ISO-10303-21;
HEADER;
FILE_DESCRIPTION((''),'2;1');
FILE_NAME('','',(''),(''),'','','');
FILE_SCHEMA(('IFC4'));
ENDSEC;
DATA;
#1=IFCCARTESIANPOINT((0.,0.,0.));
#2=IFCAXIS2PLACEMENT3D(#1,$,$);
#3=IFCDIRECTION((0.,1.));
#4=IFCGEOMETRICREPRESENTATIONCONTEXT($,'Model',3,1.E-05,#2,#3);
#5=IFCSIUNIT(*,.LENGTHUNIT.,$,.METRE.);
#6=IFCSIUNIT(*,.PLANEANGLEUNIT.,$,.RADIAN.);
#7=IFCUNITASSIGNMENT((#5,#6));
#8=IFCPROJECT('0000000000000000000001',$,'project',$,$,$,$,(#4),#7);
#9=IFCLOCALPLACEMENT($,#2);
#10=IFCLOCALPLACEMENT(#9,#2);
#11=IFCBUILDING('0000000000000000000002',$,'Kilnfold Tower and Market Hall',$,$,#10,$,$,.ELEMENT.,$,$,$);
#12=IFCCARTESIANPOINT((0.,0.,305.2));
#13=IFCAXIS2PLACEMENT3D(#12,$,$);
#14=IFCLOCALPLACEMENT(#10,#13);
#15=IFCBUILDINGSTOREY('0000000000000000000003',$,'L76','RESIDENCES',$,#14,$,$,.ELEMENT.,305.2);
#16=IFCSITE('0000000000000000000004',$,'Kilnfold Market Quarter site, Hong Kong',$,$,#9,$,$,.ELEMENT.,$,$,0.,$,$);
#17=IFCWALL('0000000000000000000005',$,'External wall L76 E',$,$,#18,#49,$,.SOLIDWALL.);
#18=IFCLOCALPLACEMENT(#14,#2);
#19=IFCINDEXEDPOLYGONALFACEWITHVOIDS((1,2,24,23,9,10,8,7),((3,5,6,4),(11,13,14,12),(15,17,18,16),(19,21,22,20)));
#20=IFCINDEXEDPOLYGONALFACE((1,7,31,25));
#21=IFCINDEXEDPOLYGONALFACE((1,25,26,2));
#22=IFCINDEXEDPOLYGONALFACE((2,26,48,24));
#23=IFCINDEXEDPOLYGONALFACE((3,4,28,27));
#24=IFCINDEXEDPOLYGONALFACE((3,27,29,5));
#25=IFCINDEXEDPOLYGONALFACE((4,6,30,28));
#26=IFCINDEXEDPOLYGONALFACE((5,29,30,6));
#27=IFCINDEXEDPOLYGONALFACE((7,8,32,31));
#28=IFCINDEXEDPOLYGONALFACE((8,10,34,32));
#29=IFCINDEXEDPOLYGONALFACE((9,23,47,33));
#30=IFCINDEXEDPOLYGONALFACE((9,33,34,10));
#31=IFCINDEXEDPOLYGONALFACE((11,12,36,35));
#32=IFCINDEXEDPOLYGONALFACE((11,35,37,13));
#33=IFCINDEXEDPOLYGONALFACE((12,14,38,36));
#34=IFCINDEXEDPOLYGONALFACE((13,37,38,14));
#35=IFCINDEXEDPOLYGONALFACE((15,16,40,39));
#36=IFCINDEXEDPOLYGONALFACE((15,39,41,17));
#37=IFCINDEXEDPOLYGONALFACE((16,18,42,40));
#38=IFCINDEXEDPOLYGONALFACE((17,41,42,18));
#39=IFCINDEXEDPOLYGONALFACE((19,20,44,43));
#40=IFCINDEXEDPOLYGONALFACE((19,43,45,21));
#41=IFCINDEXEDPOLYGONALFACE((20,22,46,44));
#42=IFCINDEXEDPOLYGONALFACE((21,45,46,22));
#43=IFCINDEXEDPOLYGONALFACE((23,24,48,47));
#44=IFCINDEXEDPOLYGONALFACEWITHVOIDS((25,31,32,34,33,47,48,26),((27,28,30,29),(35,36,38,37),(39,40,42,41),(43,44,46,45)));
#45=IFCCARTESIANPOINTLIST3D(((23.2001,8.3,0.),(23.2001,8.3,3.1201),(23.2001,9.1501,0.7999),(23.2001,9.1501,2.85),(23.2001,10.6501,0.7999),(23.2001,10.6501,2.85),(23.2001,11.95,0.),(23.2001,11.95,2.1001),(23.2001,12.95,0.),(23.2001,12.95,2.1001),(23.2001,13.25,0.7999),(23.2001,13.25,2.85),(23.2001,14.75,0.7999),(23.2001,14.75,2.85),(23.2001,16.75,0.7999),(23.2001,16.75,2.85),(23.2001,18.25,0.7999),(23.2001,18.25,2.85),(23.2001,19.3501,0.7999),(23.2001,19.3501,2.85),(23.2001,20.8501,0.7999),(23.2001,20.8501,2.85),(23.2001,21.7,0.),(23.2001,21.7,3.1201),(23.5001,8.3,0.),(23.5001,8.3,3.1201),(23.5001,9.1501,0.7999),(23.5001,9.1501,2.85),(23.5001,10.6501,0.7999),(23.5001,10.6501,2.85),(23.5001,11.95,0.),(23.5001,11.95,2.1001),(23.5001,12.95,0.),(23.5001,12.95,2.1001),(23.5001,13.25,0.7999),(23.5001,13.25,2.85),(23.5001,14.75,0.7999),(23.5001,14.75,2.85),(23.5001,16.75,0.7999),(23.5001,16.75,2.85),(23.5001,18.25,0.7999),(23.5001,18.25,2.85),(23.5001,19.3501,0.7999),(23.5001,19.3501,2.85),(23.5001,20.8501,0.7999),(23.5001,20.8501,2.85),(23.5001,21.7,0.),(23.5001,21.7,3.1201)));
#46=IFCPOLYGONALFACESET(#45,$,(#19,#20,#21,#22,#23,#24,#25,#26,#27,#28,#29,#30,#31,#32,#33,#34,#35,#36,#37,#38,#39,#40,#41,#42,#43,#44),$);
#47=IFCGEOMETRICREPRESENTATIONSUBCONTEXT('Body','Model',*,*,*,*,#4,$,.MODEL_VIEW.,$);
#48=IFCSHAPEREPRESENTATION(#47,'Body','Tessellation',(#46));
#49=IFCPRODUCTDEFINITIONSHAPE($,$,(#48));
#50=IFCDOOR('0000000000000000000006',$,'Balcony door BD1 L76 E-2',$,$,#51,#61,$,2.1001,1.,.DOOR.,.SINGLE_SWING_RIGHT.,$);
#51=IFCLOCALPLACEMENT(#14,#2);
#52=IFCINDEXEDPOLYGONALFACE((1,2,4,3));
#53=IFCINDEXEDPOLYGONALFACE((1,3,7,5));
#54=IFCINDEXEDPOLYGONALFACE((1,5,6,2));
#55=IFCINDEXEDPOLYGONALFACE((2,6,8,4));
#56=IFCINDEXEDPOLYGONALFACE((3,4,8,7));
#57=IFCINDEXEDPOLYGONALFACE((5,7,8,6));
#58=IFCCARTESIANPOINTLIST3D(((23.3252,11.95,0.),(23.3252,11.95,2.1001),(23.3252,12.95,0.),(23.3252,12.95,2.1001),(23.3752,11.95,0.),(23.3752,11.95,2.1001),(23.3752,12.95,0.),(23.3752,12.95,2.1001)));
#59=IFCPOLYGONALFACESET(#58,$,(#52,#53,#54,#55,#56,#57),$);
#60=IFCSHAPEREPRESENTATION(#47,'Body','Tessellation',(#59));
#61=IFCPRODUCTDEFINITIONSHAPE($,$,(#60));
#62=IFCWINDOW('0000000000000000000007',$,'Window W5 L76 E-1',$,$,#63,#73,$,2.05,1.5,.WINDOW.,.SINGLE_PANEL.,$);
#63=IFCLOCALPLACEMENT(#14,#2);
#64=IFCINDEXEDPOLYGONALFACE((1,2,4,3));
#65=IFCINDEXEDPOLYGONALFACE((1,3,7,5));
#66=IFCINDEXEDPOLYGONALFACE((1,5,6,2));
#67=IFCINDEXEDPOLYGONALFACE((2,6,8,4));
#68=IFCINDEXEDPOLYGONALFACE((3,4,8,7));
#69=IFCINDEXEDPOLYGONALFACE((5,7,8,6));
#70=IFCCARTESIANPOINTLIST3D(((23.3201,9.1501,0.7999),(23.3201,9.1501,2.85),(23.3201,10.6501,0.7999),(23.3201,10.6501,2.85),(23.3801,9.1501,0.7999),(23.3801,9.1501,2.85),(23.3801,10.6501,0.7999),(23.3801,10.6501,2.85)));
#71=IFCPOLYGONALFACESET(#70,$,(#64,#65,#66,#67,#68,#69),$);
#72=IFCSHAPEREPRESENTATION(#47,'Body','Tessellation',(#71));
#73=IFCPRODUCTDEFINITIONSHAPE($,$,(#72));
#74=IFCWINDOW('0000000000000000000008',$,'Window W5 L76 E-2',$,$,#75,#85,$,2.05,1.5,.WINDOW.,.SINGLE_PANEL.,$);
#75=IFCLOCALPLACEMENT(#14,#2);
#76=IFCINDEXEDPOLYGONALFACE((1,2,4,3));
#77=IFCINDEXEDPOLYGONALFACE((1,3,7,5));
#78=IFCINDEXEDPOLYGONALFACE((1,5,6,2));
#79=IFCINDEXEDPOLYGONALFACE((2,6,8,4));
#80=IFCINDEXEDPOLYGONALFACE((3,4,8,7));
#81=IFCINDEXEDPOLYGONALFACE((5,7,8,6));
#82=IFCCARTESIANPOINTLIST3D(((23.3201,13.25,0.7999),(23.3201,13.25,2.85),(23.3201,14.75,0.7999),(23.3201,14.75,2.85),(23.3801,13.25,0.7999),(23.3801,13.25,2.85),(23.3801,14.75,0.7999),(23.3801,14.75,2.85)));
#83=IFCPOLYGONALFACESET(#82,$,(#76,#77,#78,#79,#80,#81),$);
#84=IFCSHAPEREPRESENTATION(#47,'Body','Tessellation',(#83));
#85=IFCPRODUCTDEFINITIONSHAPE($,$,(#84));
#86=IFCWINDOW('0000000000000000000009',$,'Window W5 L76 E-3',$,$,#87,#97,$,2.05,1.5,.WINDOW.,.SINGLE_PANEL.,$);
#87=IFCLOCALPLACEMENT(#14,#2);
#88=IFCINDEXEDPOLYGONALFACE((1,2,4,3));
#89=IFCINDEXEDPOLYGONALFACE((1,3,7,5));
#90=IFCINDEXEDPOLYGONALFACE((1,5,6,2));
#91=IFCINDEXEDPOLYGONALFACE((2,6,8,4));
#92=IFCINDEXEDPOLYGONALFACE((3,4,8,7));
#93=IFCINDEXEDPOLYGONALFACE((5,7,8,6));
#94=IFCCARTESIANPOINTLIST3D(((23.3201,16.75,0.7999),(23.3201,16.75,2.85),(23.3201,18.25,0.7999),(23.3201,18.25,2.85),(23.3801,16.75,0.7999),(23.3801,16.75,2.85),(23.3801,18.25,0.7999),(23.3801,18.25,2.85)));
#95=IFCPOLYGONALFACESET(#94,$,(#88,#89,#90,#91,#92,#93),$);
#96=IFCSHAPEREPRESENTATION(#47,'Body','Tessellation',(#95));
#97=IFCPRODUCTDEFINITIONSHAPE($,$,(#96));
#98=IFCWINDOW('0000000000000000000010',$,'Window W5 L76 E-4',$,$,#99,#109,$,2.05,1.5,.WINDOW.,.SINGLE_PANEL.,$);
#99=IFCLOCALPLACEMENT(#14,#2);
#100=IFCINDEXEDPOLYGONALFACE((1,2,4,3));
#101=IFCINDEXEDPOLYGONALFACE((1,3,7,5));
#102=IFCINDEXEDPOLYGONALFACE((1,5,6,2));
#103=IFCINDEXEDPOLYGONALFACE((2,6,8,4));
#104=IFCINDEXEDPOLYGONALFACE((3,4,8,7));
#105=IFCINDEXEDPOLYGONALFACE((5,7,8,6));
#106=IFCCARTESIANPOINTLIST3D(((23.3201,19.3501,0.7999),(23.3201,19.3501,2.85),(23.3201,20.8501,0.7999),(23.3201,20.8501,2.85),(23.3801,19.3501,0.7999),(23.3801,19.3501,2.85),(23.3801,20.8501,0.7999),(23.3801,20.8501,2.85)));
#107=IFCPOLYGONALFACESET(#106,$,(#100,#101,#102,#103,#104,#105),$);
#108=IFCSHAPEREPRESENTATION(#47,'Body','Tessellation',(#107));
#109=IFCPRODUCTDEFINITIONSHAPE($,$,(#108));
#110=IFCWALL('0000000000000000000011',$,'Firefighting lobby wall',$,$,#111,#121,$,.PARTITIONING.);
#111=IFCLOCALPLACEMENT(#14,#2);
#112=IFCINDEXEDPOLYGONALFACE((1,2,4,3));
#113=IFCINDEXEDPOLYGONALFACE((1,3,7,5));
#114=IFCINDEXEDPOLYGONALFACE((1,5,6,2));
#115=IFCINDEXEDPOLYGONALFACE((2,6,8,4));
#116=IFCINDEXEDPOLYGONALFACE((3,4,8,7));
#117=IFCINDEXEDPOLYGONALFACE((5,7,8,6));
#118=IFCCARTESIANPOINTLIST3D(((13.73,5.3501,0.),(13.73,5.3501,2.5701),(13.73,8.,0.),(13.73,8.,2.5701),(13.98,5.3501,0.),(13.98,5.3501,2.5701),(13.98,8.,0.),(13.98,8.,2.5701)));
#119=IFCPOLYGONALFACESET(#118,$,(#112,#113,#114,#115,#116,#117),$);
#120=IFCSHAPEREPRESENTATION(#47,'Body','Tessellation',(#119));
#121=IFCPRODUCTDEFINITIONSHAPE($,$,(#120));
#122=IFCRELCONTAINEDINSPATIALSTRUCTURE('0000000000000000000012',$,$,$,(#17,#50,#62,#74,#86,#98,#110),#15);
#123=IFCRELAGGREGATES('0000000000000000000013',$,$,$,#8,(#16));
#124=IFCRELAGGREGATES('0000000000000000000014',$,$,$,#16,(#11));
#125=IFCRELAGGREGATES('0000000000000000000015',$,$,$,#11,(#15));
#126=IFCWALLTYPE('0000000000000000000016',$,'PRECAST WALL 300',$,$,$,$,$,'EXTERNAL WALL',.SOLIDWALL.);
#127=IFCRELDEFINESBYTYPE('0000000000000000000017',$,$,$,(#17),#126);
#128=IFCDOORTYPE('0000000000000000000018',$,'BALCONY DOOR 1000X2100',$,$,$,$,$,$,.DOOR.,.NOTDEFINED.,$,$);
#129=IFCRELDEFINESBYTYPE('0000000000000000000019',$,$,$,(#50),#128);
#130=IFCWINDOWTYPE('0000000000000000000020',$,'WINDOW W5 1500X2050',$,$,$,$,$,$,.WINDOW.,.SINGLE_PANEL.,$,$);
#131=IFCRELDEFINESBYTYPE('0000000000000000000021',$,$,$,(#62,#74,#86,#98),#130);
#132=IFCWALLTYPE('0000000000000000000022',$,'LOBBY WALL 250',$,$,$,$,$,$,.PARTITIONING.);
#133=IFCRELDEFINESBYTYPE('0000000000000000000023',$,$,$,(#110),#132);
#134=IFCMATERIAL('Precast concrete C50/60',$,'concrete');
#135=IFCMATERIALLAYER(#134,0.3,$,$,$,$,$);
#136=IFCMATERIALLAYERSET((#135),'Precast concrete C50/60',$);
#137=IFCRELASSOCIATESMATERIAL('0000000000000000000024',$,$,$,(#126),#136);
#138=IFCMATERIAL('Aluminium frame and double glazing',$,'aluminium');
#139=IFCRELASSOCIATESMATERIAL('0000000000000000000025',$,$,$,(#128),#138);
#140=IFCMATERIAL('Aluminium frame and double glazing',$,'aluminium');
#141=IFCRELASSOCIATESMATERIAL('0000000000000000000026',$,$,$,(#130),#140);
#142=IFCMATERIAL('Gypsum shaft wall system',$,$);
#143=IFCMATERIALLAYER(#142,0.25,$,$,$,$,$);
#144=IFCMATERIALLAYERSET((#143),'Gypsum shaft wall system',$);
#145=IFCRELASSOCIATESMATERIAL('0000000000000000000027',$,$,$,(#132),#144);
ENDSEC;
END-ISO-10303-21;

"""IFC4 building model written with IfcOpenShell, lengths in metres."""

from ifc_helpers import new_model, si_unit, direction, frame, frame_2d, origin, place, context, subcontext, project, spatial, rectangle, extrude, source, transform, mapped, material, layer, layer_set, type_object, element, fill, save


model = new_model("IFC4")

# Units and contexts
model_context = context("Model", 3, precision=1e-05, world=origin(), true_north=direction((0.0, 1.0)))
body_context = subcontext(model_context, "Body", "Model", "MODEL_VIEW")
ifc_project = project(units=[si_unit("LENGTHUNIT", "METRE"), si_unit("PLANEANGLEUNIT", "RADIAN")], contexts=[model_context])

# Site, building, storey
site_placement = place(None, origin())
site = spatial("IfcSite", under=ifc_project, at=site_placement, Name="Kilnfold Market Quarter site, Hong Kong", CompositionType="ELEMENT", RefElevation=0.0)
building_placement = place(site_placement, origin())
building = spatial("IfcBuilding", under=site, at=building_placement, Name="Kilnfold Tower and Market Hall", CompositionType="ELEMENT")
storey_placement = place(building_placement, frame((0.0, 0.0, 305.2)))
storey = spatial("IfcBuildingStorey", under=building, at=storey_placement, Name="L76", Description="RESIDENCES", CompositionType="ELEMENT", Elevation=305.2)

# Shared definitions
ifc_material_1 = material(Name="Precast concrete C50/60", Category="concrete")
ifc_layer_1 = layer(ifc_material_1, 0.3)
ifc_layer_set_1 = layer_set([ifc_layer_1], Name="Precast concrete C50/60")
wall_type_1 = type_object("IfcWallType", Name="PRECAST WALL 300", ElementType="EXTERNAL WALL", PredefinedType="SOLIDWALL", material=ifc_layer_set_1)
ifc_material_2 = material(Name="Aluminium frame and double glazing", Category="aluminium")
door_type = type_object("IfcDoorType", Name="BALCONY DOOR 1000X2100", OperationType="NOTDEFINED", PredefinedType="DOOR", material=ifc_material_2)
ifc_material_3 = material(Name="Aluminium frame and double glazing", Category="aluminium")
window_type = type_object("IfcWindowType", Name="WINDOW W5 1500X2050", PartitioningType="SINGLE_PANEL", PredefinedType="WINDOW", material=ifc_material_3)

# Wall, openings, door, windows
shared_shape_1 = source(origin(), body_context, "Body", "SweptSolid", [
    extrude(rectangle(XDim=13.3999, YDim=0.3, at=frame_2d((6.7, 0.0))), origin(), (0.0, 0.0, 1.0), 3.1201),
])
wall_1_placement = place(storey_placement, frame((23.3501, 8.3, 0.0), z_axis=(0.0, 0.0, 1.0), x_axis=(0.0, 1.0, 0.0)))
wall_1 = element("IfcWall", 1, at=wall_1_placement, inside=storey, type_object=wall_type_1, Name="External wall L76 E", PredefinedType="SOLIDWALL", context=body_context, shape_type="MappedRepresentation", body=[
    mapped(shared_shape_1, transform((0.0, 0.0, 0.0))),
])
opening_1_placement = place(wall_1_placement, frame((0.8501, 0.0, 0.8)))
opening_1 = element("IfcOpeningElement", 2, at=opening_1_placement, cuts=wall_1, PredefinedType="OPENING", context=body_context, shape_type="SweptSolid", body=[
    extrude(rectangle(XDim=1.5, YDim=2.05, at=frame_2d((0.75, 1.0249))), frame((0.0, 0.1602, 0.0), z_axis=(0.0, -1.0, 0.0), x_axis=(1.0, 0.0, 0.0)), (0.0, 0.0, 1.0), 0.3201),
])
opening_2_placement = place(wall_1_placement, frame((4.95, 0.0, 0.8)))
opening_2 = element("IfcOpeningElement", 3, at=opening_2_placement, cuts=wall_1, PredefinedType="OPENING", context=body_context, shape_type="SweptSolid", body=[
    extrude(rectangle(XDim=1.5, YDim=2.05, at=frame_2d((0.75, 1.0249))), frame((0.0, 0.1602, 0.0), z_axis=(0.0, -1.0, 0.0), x_axis=(1.0, 0.0, 0.0)), (0.0, 0.0, 1.0), 0.3201),
])
opening_3_placement = place(wall_1_placement, frame((3.6499, 0.0, 0.0)))
opening_3 = element("IfcOpeningElement", 4, at=opening_3_placement, cuts=wall_1, PredefinedType="OPENING", context=body_context, shape_type="SweptSolid", body=[
    extrude(rectangle(XDim=1.0, YDim=2.1001, at=frame_2d((0.5, 1.05))), frame((0.0, 0.1602, 0.0), z_axis=(0.0, -1.0, 0.0), x_axis=(1.0, 0.0, 0.0)), (0.0, 0.0, 1.0), 0.3201),
])
opening_4_placement = place(wall_1_placement, frame((8.45, 0.0, 0.8)))
opening_4 = element("IfcOpeningElement", 5, at=opening_4_placement, cuts=wall_1, PredefinedType="OPENING", context=body_context, shape_type="SweptSolid", body=[
    extrude(rectangle(XDim=1.5, YDim=2.05, at=frame_2d((0.75, 1.0249))), frame((0.0, 0.1602, 0.0), z_axis=(0.0, -1.0, 0.0), x_axis=(1.0, 0.0, 0.0)), (0.0, 0.0, 1.0), 0.3201),
])
opening_5_placement = place(wall_1_placement, frame((11.05, 0.0, 0.8)))
opening_5 = element("IfcOpeningElement", 6, at=opening_5_placement, cuts=wall_1, PredefinedType="OPENING", context=body_context, shape_type="SweptSolid", body=[
    extrude(rectangle(XDim=1.5, YDim=2.05, at=frame_2d((0.75, 1.0249))), frame((0.0, 0.1602, 0.0), z_axis=(0.0, -1.0, 0.0), x_axis=(1.0, 0.0, 0.0)), (0.0, 0.0, 1.0), 0.3201),
])
door_1_placement = place(opening_3_placement, origin())
door_1 = element("IfcDoor", 7, at=door_1_placement, inside=storey, type_object=door_type, Name="Balcony door BD1 L76 E-2", OperationType="SINGLE_SWING_RIGHT", OverallHeight=2.1001, OverallWidth=1.0, PredefinedType="DOOR", context=body_context, shape_type="SweptSolid", body=[
    extrude(rectangle(XDim=1.0, YDim=2.1001, at=frame_2d((0.5, 1.05))), frame((0.0, 0.0249, 0.0), z_axis=(0.0, -1.0, 0.0), x_axis=(1.0, 0.0, 0.0)), (0.0, 0.0, 1.0), 0.05),
])
fill(opening_3, door_1)
window_1_placement = place(opening_1_placement, origin())
window_1 = element("IfcWindow", 8, at=window_1_placement, inside=storey, type_object=window_type, Name="Window W5 L76 E-1", OverallHeight=2.05, OverallWidth=1.5, PartitioningType="SINGLE_PANEL", PredefinedType="WINDOW", context=body_context, shape_type="SweptSolid", body=[
    extrude(rectangle(XDim=1.5, YDim=2.05, at=frame_2d((0.75, 1.0249))), frame((0.0, 0.03, 0.0), z_axis=(0.0, -1.0, 0.0), x_axis=(1.0, 0.0, 0.0)), (0.0, 0.0, 1.0), 0.0601),
])
fill(opening_1, window_1)
window_2_placement = place(opening_2_placement, origin())
window_2 = element("IfcWindow", 9, at=window_2_placement, inside=storey, type_object=window_type, Name="Window W5 L76 E-2", OverallHeight=2.05, OverallWidth=1.5, PartitioningType="SINGLE_PANEL", PredefinedType="WINDOW", context=body_context, shape_type="SweptSolid", body=[
    extrude(rectangle(XDim=1.5, YDim=2.05, at=frame_2d((0.75, 1.0249))), frame((0.0, 0.03, 0.0), z_axis=(0.0, -1.0, 0.0), x_axis=(1.0, 0.0, 0.0)), (0.0, 0.0, 1.0), 0.0601),
])
fill(opening_2, window_2)
window_3_placement = place(opening_4_placement, origin())
window_3 = element("IfcWindow", 10, at=window_3_placement, inside=storey, type_object=window_type, Name="Window W5 L76 E-3", OverallHeight=2.05, OverallWidth=1.5, PartitioningType="SINGLE_PANEL", PredefinedType="WINDOW", context=body_context, shape_type="SweptSolid", body=[
    extrude(rectangle(XDim=1.5, YDim=2.05, at=frame_2d((0.75, 1.0249))), frame((0.0, 0.03, 0.0), z_axis=(0.0, -1.0, 0.0), x_axis=(1.0, 0.0, 0.0)), (0.0, 0.0, 1.0), 0.0601),
])
fill(opening_4, window_3)
window_4_placement = place(opening_5_placement, origin())
window_4 = element("IfcWindow", 11, at=window_4_placement, inside=storey, type_object=window_type, Name="Window W5 L76 E-4", OverallHeight=2.05, OverallWidth=1.5, PartitioningType="SINGLE_PANEL", PredefinedType="WINDOW", context=body_context, shape_type="SweptSolid", body=[
    extrude(rectangle(XDim=1.5, YDim=2.05, at=frame_2d((0.75, 1.0249))), frame((0.0, 0.03, 0.0), z_axis=(0.0, -1.0, 0.0), x_axis=(1.0, 0.0, 0.0)), (0.0, 0.0, 1.0), 0.0601),
])
fill(opening_5, window_4)

# Wall
ifc_material_4 = material(Name="Gypsum shaft wall system")
ifc_layer_2 = layer(ifc_material_4, 0.25)
ifc_layer_set_2 = layer_set([ifc_layer_2], Name="Gypsum shaft wall system")
wall_type_2 = type_object("IfcWallType", Name="LOBBY WALL 250", PredefinedType="PARTITIONING", material=ifc_layer_set_2)
shared_shape_2 = source(origin(), body_context, "Body", "SweptSolid", [
    extrude(rectangle(XDim=2.6499, YDim=0.25, at=frame_2d((1.325, 0.0))), origin(), (0.0, 0.0, 1.0), 2.5701),
])
wall_2_placement = place(storey_placement, frame((13.855, 5.3501, 0.0), z_axis=(0.0, 0.0, 1.0), x_axis=(0.0, 1.0, 0.0)))
element("IfcWall", 12, at=wall_2_placement, inside=storey, type_object=wall_type_2, Name="Firefighting lobby wall", PredefinedType="PARTITIONING", context=body_context, shape_type="MappedRepresentation", body=[
    mapped(shared_shape_2, transform((0.0, 0.0, 0.0))),
])

save(model, "model.ifc")
